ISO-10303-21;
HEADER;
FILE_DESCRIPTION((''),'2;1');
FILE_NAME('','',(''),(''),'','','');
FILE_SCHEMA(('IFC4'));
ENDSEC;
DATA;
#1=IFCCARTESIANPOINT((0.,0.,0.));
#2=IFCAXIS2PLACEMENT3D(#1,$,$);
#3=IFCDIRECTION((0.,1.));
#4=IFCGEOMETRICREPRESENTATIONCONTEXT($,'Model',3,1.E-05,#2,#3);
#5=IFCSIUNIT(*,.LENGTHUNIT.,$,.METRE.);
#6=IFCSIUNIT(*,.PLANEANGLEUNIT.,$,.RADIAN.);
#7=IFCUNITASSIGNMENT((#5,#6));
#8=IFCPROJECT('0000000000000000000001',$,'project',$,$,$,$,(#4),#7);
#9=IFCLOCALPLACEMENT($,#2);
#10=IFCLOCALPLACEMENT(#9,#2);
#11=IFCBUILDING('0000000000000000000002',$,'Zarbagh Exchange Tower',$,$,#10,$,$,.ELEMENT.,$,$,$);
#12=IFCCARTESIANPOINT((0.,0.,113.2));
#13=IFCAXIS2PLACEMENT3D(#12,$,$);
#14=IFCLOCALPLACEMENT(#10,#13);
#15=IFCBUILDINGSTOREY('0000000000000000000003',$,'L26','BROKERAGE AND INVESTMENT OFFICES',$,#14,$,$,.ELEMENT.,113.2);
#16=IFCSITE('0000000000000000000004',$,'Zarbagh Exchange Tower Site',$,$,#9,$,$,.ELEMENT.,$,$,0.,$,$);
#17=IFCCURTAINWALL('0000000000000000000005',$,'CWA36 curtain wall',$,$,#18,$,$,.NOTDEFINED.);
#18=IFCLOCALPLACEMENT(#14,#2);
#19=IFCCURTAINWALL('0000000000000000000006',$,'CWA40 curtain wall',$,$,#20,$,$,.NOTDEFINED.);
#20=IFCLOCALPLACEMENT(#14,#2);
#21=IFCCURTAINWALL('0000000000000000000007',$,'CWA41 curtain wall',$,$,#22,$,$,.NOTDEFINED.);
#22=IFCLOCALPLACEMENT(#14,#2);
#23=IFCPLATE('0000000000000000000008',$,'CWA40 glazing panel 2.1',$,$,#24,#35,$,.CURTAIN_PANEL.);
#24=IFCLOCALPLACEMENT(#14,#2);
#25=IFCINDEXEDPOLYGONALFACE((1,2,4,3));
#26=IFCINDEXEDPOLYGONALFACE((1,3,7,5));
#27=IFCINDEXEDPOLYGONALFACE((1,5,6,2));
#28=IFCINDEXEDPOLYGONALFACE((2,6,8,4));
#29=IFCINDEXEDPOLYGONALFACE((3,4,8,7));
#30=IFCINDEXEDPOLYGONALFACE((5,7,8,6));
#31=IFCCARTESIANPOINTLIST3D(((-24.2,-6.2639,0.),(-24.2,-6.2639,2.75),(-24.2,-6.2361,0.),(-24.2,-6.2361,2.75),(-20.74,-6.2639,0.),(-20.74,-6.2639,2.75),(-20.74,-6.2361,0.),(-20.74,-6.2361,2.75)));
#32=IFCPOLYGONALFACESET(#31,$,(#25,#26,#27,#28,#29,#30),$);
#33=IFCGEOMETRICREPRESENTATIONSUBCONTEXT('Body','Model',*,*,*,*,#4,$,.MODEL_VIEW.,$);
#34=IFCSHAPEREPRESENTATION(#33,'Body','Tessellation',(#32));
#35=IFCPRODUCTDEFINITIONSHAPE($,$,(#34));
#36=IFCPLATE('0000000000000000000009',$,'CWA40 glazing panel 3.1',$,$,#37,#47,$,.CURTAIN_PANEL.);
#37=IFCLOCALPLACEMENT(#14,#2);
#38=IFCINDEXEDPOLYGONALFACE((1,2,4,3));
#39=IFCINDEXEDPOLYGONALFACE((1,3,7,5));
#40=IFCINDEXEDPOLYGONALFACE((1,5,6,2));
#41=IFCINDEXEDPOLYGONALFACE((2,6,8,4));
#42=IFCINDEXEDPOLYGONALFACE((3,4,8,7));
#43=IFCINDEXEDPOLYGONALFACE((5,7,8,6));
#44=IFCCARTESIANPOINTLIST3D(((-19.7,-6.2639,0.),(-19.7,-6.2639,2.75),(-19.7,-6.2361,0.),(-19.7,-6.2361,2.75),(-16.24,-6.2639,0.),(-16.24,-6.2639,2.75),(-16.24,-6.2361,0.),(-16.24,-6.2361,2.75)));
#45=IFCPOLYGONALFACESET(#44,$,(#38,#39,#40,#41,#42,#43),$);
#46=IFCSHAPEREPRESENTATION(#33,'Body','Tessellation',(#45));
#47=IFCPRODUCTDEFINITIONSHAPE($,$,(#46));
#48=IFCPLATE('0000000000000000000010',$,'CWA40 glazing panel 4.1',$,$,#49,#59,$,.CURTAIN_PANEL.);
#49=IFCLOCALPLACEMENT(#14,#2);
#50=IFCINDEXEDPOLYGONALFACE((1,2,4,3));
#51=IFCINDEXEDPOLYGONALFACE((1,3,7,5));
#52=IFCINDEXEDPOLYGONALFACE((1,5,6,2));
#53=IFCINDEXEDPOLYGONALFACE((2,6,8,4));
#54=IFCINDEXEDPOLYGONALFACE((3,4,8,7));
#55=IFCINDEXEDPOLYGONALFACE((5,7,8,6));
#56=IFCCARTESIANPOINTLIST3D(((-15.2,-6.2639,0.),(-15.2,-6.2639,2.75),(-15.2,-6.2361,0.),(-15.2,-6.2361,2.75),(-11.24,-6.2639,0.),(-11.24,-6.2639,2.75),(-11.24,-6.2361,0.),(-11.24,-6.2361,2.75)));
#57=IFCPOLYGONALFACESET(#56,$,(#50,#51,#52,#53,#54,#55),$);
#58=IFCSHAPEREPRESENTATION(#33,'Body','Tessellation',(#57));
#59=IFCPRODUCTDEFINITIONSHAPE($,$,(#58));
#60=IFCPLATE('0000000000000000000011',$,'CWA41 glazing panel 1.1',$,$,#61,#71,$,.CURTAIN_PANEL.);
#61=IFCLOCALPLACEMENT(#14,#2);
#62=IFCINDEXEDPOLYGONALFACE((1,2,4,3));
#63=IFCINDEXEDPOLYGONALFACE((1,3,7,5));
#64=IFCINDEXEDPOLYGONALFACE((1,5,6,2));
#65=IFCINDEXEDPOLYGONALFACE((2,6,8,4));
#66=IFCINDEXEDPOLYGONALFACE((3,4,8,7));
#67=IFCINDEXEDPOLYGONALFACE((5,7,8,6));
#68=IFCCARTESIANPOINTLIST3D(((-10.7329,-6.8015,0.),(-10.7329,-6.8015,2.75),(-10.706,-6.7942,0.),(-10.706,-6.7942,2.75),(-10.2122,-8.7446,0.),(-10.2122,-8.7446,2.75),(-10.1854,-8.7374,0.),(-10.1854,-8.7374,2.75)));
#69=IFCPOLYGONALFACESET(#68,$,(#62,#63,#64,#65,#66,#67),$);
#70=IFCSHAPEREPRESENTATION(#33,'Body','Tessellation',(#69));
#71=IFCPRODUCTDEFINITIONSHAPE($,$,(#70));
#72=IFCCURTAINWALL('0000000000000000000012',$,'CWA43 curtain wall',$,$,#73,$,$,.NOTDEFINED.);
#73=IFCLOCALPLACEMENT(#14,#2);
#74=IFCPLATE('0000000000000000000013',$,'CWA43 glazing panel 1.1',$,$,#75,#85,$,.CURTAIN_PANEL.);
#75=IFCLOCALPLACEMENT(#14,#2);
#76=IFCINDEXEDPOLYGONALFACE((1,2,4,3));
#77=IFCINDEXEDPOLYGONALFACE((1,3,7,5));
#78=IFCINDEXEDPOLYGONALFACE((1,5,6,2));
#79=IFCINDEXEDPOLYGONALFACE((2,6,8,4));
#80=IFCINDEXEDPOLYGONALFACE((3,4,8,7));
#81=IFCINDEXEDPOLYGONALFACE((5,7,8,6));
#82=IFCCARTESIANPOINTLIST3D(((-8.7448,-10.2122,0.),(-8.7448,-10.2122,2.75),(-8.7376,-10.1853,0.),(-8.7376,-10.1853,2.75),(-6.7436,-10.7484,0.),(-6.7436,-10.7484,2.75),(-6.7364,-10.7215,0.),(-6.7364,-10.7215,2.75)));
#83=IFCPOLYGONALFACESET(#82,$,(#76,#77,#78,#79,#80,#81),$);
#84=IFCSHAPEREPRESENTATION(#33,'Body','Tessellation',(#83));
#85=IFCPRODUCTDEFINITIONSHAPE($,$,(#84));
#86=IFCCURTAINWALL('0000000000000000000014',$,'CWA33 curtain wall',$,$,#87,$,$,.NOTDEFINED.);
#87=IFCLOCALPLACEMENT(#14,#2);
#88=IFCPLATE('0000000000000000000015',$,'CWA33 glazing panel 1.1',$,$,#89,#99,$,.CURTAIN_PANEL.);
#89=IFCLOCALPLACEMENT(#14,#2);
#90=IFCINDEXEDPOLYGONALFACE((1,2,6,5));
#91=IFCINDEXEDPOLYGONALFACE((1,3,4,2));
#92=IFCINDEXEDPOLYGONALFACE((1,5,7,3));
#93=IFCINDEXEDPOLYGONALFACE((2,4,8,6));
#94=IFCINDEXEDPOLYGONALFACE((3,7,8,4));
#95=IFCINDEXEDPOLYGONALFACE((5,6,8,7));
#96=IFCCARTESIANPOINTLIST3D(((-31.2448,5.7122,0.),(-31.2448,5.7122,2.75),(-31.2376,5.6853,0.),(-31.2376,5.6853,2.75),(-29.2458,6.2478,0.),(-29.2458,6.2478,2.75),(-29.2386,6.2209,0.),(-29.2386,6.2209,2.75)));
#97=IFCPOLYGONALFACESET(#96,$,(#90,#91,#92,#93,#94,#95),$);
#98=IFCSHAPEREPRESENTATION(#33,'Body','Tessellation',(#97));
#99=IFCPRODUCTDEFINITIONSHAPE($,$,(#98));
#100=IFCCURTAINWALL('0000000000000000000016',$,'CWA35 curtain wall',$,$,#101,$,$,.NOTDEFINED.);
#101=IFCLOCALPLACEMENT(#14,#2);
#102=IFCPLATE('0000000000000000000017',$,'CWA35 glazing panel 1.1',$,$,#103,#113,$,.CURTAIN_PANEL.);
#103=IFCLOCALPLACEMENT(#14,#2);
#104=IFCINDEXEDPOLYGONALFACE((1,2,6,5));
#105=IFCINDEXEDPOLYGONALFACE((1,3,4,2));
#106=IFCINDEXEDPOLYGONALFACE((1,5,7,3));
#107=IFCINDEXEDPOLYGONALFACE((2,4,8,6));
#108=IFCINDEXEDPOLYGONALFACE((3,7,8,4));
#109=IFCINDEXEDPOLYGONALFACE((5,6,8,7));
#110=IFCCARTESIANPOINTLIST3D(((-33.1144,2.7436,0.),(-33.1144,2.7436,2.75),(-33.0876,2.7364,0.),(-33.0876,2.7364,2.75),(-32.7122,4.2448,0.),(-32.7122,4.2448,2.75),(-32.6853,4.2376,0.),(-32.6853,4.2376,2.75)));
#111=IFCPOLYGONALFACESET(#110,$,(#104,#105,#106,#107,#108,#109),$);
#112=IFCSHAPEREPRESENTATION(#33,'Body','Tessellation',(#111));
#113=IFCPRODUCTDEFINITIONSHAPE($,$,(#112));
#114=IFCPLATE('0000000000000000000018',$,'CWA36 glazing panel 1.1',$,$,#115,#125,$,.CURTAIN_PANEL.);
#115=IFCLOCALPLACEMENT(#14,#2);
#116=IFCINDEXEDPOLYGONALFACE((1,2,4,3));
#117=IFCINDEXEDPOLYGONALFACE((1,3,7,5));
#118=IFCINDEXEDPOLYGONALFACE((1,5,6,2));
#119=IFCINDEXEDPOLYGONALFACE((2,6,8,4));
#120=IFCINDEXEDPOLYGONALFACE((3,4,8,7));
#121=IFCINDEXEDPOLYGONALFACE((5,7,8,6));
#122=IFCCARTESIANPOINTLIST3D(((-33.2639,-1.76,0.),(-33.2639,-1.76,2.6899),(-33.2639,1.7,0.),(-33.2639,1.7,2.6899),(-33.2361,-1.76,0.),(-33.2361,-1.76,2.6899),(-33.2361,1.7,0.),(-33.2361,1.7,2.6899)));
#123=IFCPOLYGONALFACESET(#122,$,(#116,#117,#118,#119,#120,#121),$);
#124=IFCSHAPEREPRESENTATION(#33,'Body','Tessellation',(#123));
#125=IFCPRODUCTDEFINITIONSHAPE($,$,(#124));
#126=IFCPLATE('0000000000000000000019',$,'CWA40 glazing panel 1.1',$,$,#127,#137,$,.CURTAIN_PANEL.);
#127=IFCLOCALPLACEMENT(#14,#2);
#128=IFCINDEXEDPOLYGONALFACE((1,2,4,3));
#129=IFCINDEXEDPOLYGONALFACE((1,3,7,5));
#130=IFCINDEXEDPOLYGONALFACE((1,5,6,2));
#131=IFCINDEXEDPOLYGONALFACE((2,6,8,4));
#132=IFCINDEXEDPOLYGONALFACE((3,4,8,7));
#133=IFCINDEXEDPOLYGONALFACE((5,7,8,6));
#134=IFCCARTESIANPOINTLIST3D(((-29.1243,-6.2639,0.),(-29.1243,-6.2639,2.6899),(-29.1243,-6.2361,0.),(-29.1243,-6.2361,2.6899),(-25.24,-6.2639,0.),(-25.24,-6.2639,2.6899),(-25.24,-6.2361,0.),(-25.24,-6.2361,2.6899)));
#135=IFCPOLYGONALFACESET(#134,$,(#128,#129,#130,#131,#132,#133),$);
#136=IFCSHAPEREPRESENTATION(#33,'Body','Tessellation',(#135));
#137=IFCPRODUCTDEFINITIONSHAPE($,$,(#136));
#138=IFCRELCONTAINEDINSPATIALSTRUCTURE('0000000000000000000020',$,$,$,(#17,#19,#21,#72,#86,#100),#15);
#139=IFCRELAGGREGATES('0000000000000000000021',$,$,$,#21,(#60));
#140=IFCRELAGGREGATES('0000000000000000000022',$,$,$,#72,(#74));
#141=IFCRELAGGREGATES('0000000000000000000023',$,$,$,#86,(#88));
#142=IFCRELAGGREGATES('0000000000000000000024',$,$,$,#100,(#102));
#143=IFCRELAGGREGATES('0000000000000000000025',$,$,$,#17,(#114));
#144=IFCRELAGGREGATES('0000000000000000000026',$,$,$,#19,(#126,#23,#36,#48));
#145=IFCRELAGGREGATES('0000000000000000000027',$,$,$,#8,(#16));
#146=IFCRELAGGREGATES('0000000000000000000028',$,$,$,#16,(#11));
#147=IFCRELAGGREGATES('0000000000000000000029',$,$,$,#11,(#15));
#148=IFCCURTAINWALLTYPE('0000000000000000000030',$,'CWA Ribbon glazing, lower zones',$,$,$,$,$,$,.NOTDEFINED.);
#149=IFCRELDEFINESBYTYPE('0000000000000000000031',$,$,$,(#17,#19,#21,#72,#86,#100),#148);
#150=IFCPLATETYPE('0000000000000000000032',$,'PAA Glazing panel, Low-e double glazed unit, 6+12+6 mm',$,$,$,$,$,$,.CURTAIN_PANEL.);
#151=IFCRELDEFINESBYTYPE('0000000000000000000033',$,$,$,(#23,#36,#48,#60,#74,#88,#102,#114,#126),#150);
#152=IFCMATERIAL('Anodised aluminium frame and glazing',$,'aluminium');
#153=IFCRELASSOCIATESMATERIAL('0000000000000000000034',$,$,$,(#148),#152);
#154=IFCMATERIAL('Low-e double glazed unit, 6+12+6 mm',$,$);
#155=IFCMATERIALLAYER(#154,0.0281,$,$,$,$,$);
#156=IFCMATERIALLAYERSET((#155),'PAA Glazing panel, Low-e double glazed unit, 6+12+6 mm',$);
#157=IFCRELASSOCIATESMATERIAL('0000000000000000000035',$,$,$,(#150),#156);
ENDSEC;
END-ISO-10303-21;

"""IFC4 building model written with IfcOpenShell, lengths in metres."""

from ifc_helpers import new_model, si_unit, direction, frame, origin, place, context, subcontext, project, spatial, polyline, outline, extrude, source, transform, mapped, material, layer, layer_set, type_object, element, aggregate, save


model = new_model("IFC4")

# Units and contexts
model_context = context("Model", 3, precision=1e-05, world=origin(), true_north=direction((0.0, 1.0)))
body_context = subcontext(model_context, "Body", "Model", "MODEL_VIEW")
ifc_project = project(units=[si_unit("LENGTHUNIT", "METRE"), si_unit("PLANEANGLEUNIT", "RADIAN")], contexts=[model_context])

# Site, building, storey
site_placement = place(None, origin())
site = spatial("IfcSite", under=ifc_project, at=site_placement, Name="Zarbagh Exchange Tower Site", CompositionType="ELEMENT", RefElevation=0.0)
building_placement = place(site_placement, origin())
building = spatial("IfcBuilding", under=site, at=building_placement, Name="Zarbagh Exchange Tower", CompositionType="ELEMENT")
storey_placement = place(building_placement, frame((0.0, 0.0, 113.2)))
storey = spatial("IfcBuildingStorey", under=building, at=storey_placement, Name="L26", Description="BROKERAGE AND INVESTMENT OFFICES", CompositionType="ELEMENT", Elevation=113.2)

# Curtain wall
ifc_material_1 = material(Name="Anodised aluminium frame and glazing", Category="aluminium")
curtain_wall_type = type_object("IfcCurtainWallType", Name="CWA Ribbon glazing, lower zones", PredefinedType="NOTDEFINED", material=ifc_material_1)
curtain_wall_1_placement = place(storey_placement, origin())
curtain_wall_1 = element("IfcCurtainWall", 1, at=curtain_wall_1_placement, inside=storey, type_object=curtain_wall_type, Name="CWA36 curtain wall", PredefinedType="NOTDEFINED")
placement = place(storey_placement, origin())

# Curtain wall
curtain_wall_2_placement = place(storey_placement, origin())
curtain_wall_2 = element("IfcCurtainWall", 2, at=curtain_wall_2_placement, inside=storey, type_object=curtain_wall_type, Name="CWA40 curtain wall", PredefinedType="NOTDEFINED")

# Curtain wall
curtain_wall_3_placement = place(storey_placement, origin())
curtain_wall_3 = element("IfcCurtainWall", 3, at=curtain_wall_3_placement, inside=storey, type_object=curtain_wall_type, Name="CWA41 curtain wall", PredefinedType="NOTDEFINED")

# Shared definitions
ifc_material_2 = material(Name="Low-e double glazed unit, 6+12+6 mm")
ifc_layer = layer(ifc_material_2, 0.0281)
ifc_layer_set = layer_set([ifc_layer], Name="PAA Glazing panel, Low-e double glazed unit, 6+12+6 mm")
plate_type = type_object("IfcPlateType", Name="PAA Glazing panel, Low-e double glazed unit, 6+12+6 mm", PredefinedType="CURTAIN_PANEL", material=ifc_layer_set)

# Plates
shared_shape_1 = source(origin(), body_context, "Body", "SweptSolid", [
    extrude(outline(polyline([(0.0, -0.0139), (3.46, -0.0139), (3.46, 0.0139), (0.0, 0.0139), (0.0, -0.0139)])), origin(), (0.0, 0.0, 1.0), 2.75),
])
plate_1 = element("IfcPlate", 4, at=placement, type_object=plate_type, Name="CWA40 glazing panel 2.1", PredefinedType="CURTAIN_PANEL", context=body_context, shape_type="MappedRepresentation", body=[
    mapped(shared_shape_1, transform((-24.2, -6.25, 0.0), x_axis=(1.0, 0.0, 0.0), y_axis=(0.0, 1.0, 0.0), z_axis=(0.0, 0.0, 1.0))),
])
plate_2 = element("IfcPlate", 5, at=placement, type_object=plate_type, Name="CWA40 glazing panel 3.1", PredefinedType="CURTAIN_PANEL", context=body_context, shape_type="MappedRepresentation", body=[
    mapped(shared_shape_1, transform((-19.7, -6.25, 0.0), x_axis=(1.0, 0.0, 0.0), y_axis=(0.0, 1.0, 0.0), z_axis=(0.0, 0.0, 1.0))),
])
shared_shape_2 = source(origin(), body_context, "Body", "SweptSolid", [
    extrude(outline(polyline([(0.0, -0.0139), (3.96, -0.0139), (3.96, 0.0139), (0.0, 0.0139), (0.0, -0.0139)])), origin(), (0.0, 0.0, 1.0), 2.75),
])
plate_3 = element("IfcPlate", 6, at=placement, type_object=plate_type, Name="CWA40 glazing panel 4.1", PredefinedType="CURTAIN_PANEL", context=body_context, shape_type="MappedRepresentation", body=[
    mapped(shared_shape_2, transform((-15.2, -6.25, 0.0), x_axis=(1.0, 0.0, 0.0), y_axis=(0.0, 1.0, 0.0), z_axis=(0.0, 0.0, 1.0))),
])
shared_shape_3 = source(origin(), body_context, "Body", "SweptSolid", [
    extrude(outline(polyline([(0.0, -0.0139), (2.0117, -0.0139), (2.0117, 0.0139), (0.0, 0.0139), (0.0, -0.0139)])), origin(), (0.0, 0.0, 1.0), 2.75),
])
plate_4 = element("IfcPlate", 7, at=placement, type_object=plate_type, Name="CWA41 glazing panel 1.1", PredefinedType="CURTAIN_PANEL", context=body_context, shape_type="MappedRepresentation", body=[
    mapped(shared_shape_3, transform((-10.7195, -6.7979, 0.0), x_axis=(0.258825, -0.965924, 0.0), y_axis=(0.965924, 0.258825, 0.0), z_axis=(0.0, 0.0, 1.0))),
])
aggregate(curtain_wall_3, [plate_4])

# Curtain walls, plates
curtain_wall_4_placement = place(storey_placement, origin())
curtain_wall_4 = element("IfcCurtainWall", 8, at=curtain_wall_4_placement, inside=storey, type_object=curtain_wall_type, Name="CWA43 curtain wall", PredefinedType="NOTDEFINED")
shared_shape_4 = source(origin(), body_context, "Body", "SweptSolid", [
    extrude(outline(polyline([(0.0, -0.0139), (2.0718, -0.0139), (2.0718, 0.0139), (0.0, 0.0139), (0.0, -0.0139)])), origin(), (0.0, 0.0, 1.0), 2.75),
])
plate_5 = element("IfcPlate", 9, at=placement, type_object=plate_type, Name="CWA43 glazing panel 1.1", PredefinedType="CURTAIN_PANEL", context=body_context, shape_type="MappedRepresentation", body=[
    mapped(shared_shape_4, transform((-8.7412, -10.1987, 0.0), x_axis=(0.965924, -0.258825, 0.0), y_axis=(0.258825, 0.965924, 0.0), z_axis=(0.0, 0.0, 1.0))),
])
aggregate(curtain_wall_4, [plate_5])
curtain_wall_5_placement = place(storey_placement, origin())
curtain_wall_5 = element("IfcCurtainWall", 10, at=curtain_wall_5_placement, inside=storey, type_object=curtain_wall_type, Name="CWA33 curtain wall", PredefinedType="NOTDEFINED")
shared_shape_5 = source(origin(), body_context, "Body", "SweptSolid", [
    extrude(outline(polyline([(0.0, -0.0139), (2.0696, -0.0139), (2.0696, 0.0139), (0.0, 0.0139), (0.0, -0.0139)])), origin(), (0.0, 0.0, 1.0), 2.75),
])
plate_6 = element("IfcPlate", 11, at=placement, type_object=plate_type, Name="CWA33 glazing panel 1.1", PredefinedType="CURTAIN_PANEL", context=body_context, shape_type="MappedRepresentation", body=[
    mapped(shared_shape_5, transform((-29.2422, 6.2344, 0.0), x_axis=(-0.965924, -0.258825, 0.0), y_axis=(0.258825, -0.965924, 0.0), z_axis=(0.0, 0.0, 1.0))),
])
aggregate(curtain_wall_5, [plate_6])
curtain_wall_6_placement = place(storey_placement, origin())
curtain_wall_6 = element("IfcCurtainWall", 12, at=curtain_wall_6_placement, inside=storey, type_object=curtain_wall_type, Name="CWA35 curtain wall", PredefinedType="NOTDEFINED")
shared_shape_6 = source(origin(), body_context, "Body", "SweptSolid", [
    extrude(outline(polyline([(0.0, -0.0139), (1.5542, -0.0139), (1.5542, 0.0139), (0.0, 0.0139), (0.0, -0.0139)])), origin(), (0.0, 0.0, 1.0), 2.75),
])
plate_7 = element("IfcPlate", 13, at=placement, type_object=plate_type, Name="CWA35 glazing panel 1.1", PredefinedType="CURTAIN_PANEL", context=body_context, shape_type="MappedRepresentation", body=[
    mapped(shared_shape_6, transform((-32.6987, 4.2412, 0.0), x_axis=(-0.258825, -0.965924, 0.0), y_axis=(0.965924, -0.258825, 0.0), z_axis=(0.0, 0.0, 1.0))),
])
aggregate(curtain_wall_6, [plate_7])

# Plates
shared_shape_7 = source(origin(), body_context, "Body", "SweptSolid", [
    extrude(outline(polyline([(0.0, -0.0139), (3.46, -0.0139), (3.46, 0.0139), (0.0, 0.0139), (0.0, -0.0139)])), origin(), (0.0, 0.0, 1.0), 2.6899),
])
plate_8 = element("IfcPlate", 14, at=placement, type_object=plate_type, Name="CWA36 glazing panel 1.1", PredefinedType="CURTAIN_PANEL", context=body_context, shape_type="MappedRepresentation", body=[
    mapped(shared_shape_7, transform((-33.25, 1.7, 0.0), x_axis=(0.0, -1.0, 0.0), y_axis=(1.0, 0.0, 0.0), z_axis=(0.0, 0.0, 1.0))),
])
aggregate(curtain_wall_1, [plate_8])
shared_shape_8 = source(origin(), body_context, "Body", "SweptSolid", [
    extrude(outline(polyline([(0.0, -0.0139), (3.8843, -0.0139), (3.8843, 0.0139), (0.0, 0.0139), (0.0, -0.0139)])), origin(), (0.0, 0.0, 1.0), 2.6899),
])
plate_9 = element("IfcPlate", 15, at=placement, type_object=plate_type, Name="CWA40 glazing panel 1.1", PredefinedType="CURTAIN_PANEL", context=body_context, shape_type="MappedRepresentation", body=[
    mapped(shared_shape_8, transform((-29.1243, -6.25, 0.0), x_axis=(1.0, 0.0, 0.0), y_axis=(0.0, 1.0, 0.0), z_axis=(0.0, 0.0, 1.0))),
])
aggregate(curtain_wall_2, [plate_9, plate_1, plate_2, plate_3])

save(model, "model.ifc")
